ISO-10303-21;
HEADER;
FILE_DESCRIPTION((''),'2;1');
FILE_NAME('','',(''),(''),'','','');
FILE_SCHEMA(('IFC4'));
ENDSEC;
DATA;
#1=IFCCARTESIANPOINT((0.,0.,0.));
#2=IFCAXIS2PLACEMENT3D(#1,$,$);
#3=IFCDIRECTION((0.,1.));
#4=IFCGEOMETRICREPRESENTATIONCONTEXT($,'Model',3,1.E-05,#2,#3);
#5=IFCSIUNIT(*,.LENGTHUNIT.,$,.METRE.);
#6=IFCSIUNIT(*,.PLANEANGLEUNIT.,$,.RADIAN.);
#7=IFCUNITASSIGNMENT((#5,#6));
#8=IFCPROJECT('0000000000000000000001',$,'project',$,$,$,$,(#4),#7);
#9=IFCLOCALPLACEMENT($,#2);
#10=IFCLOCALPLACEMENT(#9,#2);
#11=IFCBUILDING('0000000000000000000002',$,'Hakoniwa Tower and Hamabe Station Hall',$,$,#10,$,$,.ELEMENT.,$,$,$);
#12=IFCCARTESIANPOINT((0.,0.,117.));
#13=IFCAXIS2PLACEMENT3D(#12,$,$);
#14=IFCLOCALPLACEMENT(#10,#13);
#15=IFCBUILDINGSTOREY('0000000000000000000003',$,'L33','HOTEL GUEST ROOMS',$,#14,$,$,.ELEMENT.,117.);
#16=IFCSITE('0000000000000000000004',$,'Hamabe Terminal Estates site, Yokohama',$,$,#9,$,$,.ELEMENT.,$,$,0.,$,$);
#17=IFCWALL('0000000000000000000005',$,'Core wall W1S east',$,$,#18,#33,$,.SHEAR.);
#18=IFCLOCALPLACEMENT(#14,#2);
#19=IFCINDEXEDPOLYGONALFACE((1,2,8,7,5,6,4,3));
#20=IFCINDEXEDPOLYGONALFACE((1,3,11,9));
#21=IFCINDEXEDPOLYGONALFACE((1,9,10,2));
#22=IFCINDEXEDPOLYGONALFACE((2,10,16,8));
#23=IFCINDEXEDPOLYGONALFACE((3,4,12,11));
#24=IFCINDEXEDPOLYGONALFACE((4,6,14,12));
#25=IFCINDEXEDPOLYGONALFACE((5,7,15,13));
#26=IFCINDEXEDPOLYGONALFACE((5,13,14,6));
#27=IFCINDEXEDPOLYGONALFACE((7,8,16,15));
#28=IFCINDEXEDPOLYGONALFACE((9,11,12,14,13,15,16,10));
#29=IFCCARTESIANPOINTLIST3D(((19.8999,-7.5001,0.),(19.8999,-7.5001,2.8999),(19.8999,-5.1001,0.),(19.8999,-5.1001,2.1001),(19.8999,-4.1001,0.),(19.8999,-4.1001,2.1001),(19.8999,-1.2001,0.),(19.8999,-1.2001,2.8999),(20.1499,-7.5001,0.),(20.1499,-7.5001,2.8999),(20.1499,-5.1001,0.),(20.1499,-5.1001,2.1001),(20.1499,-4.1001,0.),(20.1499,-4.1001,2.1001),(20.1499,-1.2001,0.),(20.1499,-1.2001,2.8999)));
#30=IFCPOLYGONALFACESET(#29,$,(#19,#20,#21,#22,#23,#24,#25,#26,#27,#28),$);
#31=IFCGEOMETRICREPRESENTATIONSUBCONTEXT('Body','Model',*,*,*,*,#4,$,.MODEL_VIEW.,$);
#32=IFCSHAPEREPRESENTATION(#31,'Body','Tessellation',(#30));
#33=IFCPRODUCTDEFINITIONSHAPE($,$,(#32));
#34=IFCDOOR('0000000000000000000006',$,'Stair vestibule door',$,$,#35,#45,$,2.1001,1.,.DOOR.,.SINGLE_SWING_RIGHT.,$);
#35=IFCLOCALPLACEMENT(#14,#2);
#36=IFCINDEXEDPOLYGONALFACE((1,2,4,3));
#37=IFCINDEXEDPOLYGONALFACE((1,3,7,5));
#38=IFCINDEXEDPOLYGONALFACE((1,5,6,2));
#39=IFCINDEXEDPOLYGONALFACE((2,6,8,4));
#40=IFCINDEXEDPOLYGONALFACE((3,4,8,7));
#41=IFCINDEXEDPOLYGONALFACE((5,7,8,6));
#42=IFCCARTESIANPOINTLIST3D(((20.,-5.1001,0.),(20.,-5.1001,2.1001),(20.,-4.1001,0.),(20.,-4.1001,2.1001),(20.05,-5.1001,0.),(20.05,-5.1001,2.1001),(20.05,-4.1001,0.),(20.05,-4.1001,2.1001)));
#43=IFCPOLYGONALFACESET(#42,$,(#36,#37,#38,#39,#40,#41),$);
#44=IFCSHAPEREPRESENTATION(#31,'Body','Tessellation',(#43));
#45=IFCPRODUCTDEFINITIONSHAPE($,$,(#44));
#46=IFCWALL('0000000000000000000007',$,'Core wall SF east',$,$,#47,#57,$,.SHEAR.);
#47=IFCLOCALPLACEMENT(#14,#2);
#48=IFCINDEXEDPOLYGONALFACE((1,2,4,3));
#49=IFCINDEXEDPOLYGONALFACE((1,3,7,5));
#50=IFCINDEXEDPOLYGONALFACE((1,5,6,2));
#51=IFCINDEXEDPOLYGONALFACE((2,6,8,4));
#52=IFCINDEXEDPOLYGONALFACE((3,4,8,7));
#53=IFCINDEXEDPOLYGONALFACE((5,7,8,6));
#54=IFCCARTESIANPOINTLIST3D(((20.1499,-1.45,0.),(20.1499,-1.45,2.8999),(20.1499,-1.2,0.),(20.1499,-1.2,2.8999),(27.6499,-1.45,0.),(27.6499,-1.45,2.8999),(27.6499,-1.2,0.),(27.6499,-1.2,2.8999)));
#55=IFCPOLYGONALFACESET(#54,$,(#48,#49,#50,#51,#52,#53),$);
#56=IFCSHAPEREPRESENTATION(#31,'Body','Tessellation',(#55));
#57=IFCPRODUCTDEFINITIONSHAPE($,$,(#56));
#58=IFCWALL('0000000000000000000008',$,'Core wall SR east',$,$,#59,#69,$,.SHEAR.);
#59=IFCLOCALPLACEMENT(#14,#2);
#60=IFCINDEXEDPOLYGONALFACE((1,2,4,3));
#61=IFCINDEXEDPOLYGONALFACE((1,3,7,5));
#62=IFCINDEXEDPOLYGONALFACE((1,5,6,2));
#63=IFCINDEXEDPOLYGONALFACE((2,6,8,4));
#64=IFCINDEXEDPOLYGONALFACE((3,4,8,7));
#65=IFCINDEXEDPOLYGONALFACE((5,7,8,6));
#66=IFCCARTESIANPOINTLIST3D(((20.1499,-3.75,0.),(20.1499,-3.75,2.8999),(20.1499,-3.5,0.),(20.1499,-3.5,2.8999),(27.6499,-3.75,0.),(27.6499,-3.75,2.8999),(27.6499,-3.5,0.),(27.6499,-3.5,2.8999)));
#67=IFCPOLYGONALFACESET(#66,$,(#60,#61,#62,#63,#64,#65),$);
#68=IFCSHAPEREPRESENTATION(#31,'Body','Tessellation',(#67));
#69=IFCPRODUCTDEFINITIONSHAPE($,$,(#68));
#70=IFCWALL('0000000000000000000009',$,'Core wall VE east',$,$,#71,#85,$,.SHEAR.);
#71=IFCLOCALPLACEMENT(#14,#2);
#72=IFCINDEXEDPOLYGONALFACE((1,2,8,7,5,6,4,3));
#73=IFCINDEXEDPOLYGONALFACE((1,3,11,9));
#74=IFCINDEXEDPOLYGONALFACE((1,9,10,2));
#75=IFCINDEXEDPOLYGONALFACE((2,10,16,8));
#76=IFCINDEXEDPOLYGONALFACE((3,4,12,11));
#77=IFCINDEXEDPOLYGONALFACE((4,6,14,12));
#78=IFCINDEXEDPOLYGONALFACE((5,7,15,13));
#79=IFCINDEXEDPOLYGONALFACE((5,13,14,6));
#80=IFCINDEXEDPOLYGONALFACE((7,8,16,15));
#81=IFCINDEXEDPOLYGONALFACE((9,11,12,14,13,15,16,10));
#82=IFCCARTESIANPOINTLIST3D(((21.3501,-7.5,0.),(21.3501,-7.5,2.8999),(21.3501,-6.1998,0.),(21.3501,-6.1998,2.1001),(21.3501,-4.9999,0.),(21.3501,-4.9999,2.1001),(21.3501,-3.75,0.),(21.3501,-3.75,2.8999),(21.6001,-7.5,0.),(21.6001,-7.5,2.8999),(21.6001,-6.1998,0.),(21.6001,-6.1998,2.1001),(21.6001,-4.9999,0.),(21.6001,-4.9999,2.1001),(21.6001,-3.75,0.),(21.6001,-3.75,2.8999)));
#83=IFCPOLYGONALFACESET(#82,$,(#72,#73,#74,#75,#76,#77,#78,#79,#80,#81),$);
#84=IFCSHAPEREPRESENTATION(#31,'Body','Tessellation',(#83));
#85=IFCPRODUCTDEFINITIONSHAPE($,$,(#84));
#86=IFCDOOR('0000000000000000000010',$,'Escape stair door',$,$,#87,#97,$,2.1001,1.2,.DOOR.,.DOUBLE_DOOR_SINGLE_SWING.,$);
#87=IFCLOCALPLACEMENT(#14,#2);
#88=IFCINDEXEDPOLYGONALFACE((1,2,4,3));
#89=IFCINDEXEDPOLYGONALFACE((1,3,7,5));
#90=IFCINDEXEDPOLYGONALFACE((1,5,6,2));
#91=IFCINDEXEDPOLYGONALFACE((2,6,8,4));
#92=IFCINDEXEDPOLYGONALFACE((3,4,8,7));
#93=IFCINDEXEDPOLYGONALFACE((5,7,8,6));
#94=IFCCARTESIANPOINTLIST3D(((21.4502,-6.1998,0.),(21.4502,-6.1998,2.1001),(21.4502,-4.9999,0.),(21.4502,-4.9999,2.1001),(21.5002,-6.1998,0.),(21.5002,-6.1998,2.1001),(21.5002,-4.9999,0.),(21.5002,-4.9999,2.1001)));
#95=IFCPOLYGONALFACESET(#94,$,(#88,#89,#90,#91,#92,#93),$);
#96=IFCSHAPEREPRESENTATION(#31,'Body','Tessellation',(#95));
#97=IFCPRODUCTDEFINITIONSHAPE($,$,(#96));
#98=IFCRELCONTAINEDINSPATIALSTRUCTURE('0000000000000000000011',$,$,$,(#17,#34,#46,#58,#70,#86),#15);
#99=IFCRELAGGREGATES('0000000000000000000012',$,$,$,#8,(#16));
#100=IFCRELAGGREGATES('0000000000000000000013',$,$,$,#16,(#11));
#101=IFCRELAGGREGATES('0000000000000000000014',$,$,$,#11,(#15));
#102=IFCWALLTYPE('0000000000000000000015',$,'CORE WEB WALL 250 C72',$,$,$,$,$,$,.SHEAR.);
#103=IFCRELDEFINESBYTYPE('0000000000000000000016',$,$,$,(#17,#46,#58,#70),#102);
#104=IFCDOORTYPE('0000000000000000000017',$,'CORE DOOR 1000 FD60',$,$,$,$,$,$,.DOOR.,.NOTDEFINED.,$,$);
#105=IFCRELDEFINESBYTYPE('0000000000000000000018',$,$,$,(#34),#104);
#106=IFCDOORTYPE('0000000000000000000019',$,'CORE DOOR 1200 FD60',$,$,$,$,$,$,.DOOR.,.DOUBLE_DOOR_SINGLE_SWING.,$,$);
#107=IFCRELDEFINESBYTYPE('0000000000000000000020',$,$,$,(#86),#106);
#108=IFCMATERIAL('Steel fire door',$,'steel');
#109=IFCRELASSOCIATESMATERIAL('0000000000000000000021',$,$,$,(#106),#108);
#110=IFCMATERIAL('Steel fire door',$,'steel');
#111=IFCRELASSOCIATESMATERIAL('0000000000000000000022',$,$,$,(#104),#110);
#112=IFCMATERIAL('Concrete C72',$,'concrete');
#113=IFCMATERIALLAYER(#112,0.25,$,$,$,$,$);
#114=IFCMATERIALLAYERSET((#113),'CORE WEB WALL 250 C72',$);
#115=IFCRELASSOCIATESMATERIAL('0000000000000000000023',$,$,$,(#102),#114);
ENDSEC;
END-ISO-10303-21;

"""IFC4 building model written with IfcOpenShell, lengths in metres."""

from ifc_helpers import new_model, si_unit, direction, frame, frame_2d, origin, place, context, subcontext, project, spatial, rectangle, extrude, material, layer, layer_set, type_object, element, fill, save


model = new_model("IFC4")

# Units and contexts
model_context = context("Model", 3, precision=1e-05, world=origin(), true_north=direction((0.0, 1.0)))
body_context = subcontext(model_context, "Body", "Model", "MODEL_VIEW")
ifc_project = project(units=[si_unit("LENGTHUNIT", "METRE"), si_unit("PLANEANGLEUNIT", "RADIAN")], contexts=[model_context])

# Site, building, storey
site_placement = place(None, origin())
site = spatial("IfcSite", under=ifc_project, at=site_placement, Name="Hamabe Terminal Estates site, Yokohama", CompositionType="ELEMENT", RefElevation=0.0)
building_placement = place(site_placement, origin())
building = spatial("IfcBuilding", under=site, at=building_placement, Name="Hakoniwa Tower and Hamabe Station Hall", CompositionType="ELEMENT")
storey_placement = place(building_placement, frame((0.0, 0.0, 117.0)))
storey = spatial("IfcBuildingStorey", under=building, at=storey_placement, Name="L33", Description="HOTEL GUEST ROOMS", CompositionType="ELEMENT", Elevation=117.0)

# Wall, opening, door
ifc_material_1 = material(Name="Steel fire door", Category="steel")
door_type_1 = type_object("IfcDoorType", Name="CORE DOOR 1200 FD60", OperationType="DOUBLE_DOOR_SINGLE_SWING", PredefinedType="DOOR", material=ifc_material_1)
ifc_material_2 = material(Name="Steel fire door", Category="steel")
door_type_2 = type_object("IfcDoorType", Name="CORE DOOR 1000 FD60", OperationType="NOTDEFINED", PredefinedType="DOOR", material=ifc_material_2)
ifc_material_3 = material(Name="Concrete C72", Category="concrete")
ifc_layer_1 = layer(ifc_material_3, 0.25)
ifc_layer_set_1 = layer_set([ifc_layer_1], Name="CORE WEB WALL 250 C72")
wall_type_1 = type_object("IfcWallType", Name="CORE WEB WALL 250 C72", PredefinedType="SHEAR", material=ifc_layer_set_1)
wall_1_placement = place(storey_placement, frame((20.0249, -7.5, 0.0), z_axis=(0.0, 0.0, 1.0), x_axis=(0.0, 1.0, 0.0)))
wall_1 = element("IfcWall", 1, at=wall_1_placement, inside=storey, type_object=wall_type_1, Name="Core wall W1S east", PredefinedType="SHEAR", context=body_context, shape_type="SweptSolid", body=[
    extrude(rectangle(XDim=6.3, YDim=0.25, at=frame_2d((3.1499, 0.0))), origin(), (0.0, 0.0, 1.0), 2.8999),
])
opening_1_placement = place(wall_1_placement, frame((2.3999, 0.0, 0.0)))
opening_1 = element("IfcOpeningElement", 2, at=opening_1_placement, cuts=wall_1, PredefinedType="OPENING", context=body_context, shape_type="SweptSolid", body=[
    extrude(rectangle(XDim=1.0, YDim=2.1001, at=frame_2d((0.5, 1.05))), frame((0.0, 0.135, 0.0), z_axis=(0.0, -1.0, 0.0), x_axis=(1.0, 0.0, 0.0)), (0.0, 0.0, 1.0), 0.27),
])
door_1_placement = place(opening_1_placement, origin())
door_1 = element("IfcDoor", 3, at=door_1_placement, inside=storey, type_object=door_type_2, Name="Stair vestibule door", OperationType="SINGLE_SWING_RIGHT", OverallHeight=2.1001, OverallWidth=1.0, PredefinedType="DOOR", context=body_context, shape_type="SweptSolid", body=[
    extrude(rectangle(XDim=1.0, YDim=2.1001, at=frame_2d((0.5, 1.05))), frame((0.0, 0.0249, 0.0), z_axis=(0.0, -1.0, 0.0), x_axis=(1.0, 0.0, 0.0)), (0.0, 0.0, 1.0), 0.05),
])
fill(opening_1, door_1)

# Walls
for number, where, z_axis, x_axis, name in (
    (4, (20.1499, -1.325, 0.0), (0.0, 0.0, 1.0), (1.0, 0.0, 0.0), "Core wall SF east"),
    (5, (20.1499, -3.625, 0.0), (0.0, 0.0, 1.0), (1.0, 0.0, 0.0), "Core wall SR east"),
):
    element("IfcWall", number, at=place(storey_placement, frame(where, z_axis=z_axis, x_axis=x_axis)), inside=storey, type_object=wall_type_1, Name=name, PredefinedType="SHEAR", context=body_context, shape_type="SweptSolid", body=[
        extrude(rectangle(XDim=7.5, YDim=0.25, at=frame_2d((3.75, 0.0))), origin(), (0.0, 0.0, 1.0), 2.8999),
    ])

# Wall, opening, door
wall_2_placement = place(storey_placement, frame((21.4751, -7.5, 0.0), z_axis=(0.0, 0.0, 1.0), x_axis=(0.0, 1.0, 0.0)))
wall_2 = element("IfcWall", 6, at=wall_2_placement, inside=storey, type_object=wall_type_1, Name="Core wall VE east", PredefinedType="SHEAR", context=body_context, shape_type="SweptSolid", body=[
    extrude(rectangle(XDim=3.75, YDim=0.25, at=frame_2d((1.875, 0.0))), origin(), (0.0, 0.0, 1.0), 2.8999),
])
opening_2_placement = place(wall_2_placement, frame((1.3, 0.0, 0.0)))
opening_2 = element("IfcOpeningElement", 7, at=opening_2_placement, cuts=wall_2, PredefinedType="OPENING", context=body_context, shape_type="SweptSolid", body=[
    extrude(rectangle(XDim=1.2, YDim=2.1001, at=frame_2d((0.6001, 1.05))), frame((0.0, 0.135, 0.0), z_axis=(0.0, -1.0, 0.0), x_axis=(1.0, 0.0, 0.0)), (0.0, 0.0, 1.0), 0.27),
])
door_2_placement = place(opening_2_placement, origin())
door_2 = element("IfcDoor", 8, at=door_2_placement, inside=storey, type_object=door_type_1, Name="Escape stair door", OperationType="DOUBLE_DOOR_SINGLE_SWING", OverallHeight=2.1001, OverallWidth=1.2, PredefinedType="DOOR", context=body_context, shape_type="SweptSolid", body=[
    extrude(rectangle(XDim=1.2, YDim=2.1001, at=frame_2d((0.6001, 1.05))), frame((0.0, 0.0249, 0.0), z_axis=(0.0, -1.0, 0.0), x_axis=(1.0, 0.0, 0.0)), (0.0, 0.0, 1.0), 0.05),
])
fill(opening_2, door_2)

save(model, "model.ifc")
